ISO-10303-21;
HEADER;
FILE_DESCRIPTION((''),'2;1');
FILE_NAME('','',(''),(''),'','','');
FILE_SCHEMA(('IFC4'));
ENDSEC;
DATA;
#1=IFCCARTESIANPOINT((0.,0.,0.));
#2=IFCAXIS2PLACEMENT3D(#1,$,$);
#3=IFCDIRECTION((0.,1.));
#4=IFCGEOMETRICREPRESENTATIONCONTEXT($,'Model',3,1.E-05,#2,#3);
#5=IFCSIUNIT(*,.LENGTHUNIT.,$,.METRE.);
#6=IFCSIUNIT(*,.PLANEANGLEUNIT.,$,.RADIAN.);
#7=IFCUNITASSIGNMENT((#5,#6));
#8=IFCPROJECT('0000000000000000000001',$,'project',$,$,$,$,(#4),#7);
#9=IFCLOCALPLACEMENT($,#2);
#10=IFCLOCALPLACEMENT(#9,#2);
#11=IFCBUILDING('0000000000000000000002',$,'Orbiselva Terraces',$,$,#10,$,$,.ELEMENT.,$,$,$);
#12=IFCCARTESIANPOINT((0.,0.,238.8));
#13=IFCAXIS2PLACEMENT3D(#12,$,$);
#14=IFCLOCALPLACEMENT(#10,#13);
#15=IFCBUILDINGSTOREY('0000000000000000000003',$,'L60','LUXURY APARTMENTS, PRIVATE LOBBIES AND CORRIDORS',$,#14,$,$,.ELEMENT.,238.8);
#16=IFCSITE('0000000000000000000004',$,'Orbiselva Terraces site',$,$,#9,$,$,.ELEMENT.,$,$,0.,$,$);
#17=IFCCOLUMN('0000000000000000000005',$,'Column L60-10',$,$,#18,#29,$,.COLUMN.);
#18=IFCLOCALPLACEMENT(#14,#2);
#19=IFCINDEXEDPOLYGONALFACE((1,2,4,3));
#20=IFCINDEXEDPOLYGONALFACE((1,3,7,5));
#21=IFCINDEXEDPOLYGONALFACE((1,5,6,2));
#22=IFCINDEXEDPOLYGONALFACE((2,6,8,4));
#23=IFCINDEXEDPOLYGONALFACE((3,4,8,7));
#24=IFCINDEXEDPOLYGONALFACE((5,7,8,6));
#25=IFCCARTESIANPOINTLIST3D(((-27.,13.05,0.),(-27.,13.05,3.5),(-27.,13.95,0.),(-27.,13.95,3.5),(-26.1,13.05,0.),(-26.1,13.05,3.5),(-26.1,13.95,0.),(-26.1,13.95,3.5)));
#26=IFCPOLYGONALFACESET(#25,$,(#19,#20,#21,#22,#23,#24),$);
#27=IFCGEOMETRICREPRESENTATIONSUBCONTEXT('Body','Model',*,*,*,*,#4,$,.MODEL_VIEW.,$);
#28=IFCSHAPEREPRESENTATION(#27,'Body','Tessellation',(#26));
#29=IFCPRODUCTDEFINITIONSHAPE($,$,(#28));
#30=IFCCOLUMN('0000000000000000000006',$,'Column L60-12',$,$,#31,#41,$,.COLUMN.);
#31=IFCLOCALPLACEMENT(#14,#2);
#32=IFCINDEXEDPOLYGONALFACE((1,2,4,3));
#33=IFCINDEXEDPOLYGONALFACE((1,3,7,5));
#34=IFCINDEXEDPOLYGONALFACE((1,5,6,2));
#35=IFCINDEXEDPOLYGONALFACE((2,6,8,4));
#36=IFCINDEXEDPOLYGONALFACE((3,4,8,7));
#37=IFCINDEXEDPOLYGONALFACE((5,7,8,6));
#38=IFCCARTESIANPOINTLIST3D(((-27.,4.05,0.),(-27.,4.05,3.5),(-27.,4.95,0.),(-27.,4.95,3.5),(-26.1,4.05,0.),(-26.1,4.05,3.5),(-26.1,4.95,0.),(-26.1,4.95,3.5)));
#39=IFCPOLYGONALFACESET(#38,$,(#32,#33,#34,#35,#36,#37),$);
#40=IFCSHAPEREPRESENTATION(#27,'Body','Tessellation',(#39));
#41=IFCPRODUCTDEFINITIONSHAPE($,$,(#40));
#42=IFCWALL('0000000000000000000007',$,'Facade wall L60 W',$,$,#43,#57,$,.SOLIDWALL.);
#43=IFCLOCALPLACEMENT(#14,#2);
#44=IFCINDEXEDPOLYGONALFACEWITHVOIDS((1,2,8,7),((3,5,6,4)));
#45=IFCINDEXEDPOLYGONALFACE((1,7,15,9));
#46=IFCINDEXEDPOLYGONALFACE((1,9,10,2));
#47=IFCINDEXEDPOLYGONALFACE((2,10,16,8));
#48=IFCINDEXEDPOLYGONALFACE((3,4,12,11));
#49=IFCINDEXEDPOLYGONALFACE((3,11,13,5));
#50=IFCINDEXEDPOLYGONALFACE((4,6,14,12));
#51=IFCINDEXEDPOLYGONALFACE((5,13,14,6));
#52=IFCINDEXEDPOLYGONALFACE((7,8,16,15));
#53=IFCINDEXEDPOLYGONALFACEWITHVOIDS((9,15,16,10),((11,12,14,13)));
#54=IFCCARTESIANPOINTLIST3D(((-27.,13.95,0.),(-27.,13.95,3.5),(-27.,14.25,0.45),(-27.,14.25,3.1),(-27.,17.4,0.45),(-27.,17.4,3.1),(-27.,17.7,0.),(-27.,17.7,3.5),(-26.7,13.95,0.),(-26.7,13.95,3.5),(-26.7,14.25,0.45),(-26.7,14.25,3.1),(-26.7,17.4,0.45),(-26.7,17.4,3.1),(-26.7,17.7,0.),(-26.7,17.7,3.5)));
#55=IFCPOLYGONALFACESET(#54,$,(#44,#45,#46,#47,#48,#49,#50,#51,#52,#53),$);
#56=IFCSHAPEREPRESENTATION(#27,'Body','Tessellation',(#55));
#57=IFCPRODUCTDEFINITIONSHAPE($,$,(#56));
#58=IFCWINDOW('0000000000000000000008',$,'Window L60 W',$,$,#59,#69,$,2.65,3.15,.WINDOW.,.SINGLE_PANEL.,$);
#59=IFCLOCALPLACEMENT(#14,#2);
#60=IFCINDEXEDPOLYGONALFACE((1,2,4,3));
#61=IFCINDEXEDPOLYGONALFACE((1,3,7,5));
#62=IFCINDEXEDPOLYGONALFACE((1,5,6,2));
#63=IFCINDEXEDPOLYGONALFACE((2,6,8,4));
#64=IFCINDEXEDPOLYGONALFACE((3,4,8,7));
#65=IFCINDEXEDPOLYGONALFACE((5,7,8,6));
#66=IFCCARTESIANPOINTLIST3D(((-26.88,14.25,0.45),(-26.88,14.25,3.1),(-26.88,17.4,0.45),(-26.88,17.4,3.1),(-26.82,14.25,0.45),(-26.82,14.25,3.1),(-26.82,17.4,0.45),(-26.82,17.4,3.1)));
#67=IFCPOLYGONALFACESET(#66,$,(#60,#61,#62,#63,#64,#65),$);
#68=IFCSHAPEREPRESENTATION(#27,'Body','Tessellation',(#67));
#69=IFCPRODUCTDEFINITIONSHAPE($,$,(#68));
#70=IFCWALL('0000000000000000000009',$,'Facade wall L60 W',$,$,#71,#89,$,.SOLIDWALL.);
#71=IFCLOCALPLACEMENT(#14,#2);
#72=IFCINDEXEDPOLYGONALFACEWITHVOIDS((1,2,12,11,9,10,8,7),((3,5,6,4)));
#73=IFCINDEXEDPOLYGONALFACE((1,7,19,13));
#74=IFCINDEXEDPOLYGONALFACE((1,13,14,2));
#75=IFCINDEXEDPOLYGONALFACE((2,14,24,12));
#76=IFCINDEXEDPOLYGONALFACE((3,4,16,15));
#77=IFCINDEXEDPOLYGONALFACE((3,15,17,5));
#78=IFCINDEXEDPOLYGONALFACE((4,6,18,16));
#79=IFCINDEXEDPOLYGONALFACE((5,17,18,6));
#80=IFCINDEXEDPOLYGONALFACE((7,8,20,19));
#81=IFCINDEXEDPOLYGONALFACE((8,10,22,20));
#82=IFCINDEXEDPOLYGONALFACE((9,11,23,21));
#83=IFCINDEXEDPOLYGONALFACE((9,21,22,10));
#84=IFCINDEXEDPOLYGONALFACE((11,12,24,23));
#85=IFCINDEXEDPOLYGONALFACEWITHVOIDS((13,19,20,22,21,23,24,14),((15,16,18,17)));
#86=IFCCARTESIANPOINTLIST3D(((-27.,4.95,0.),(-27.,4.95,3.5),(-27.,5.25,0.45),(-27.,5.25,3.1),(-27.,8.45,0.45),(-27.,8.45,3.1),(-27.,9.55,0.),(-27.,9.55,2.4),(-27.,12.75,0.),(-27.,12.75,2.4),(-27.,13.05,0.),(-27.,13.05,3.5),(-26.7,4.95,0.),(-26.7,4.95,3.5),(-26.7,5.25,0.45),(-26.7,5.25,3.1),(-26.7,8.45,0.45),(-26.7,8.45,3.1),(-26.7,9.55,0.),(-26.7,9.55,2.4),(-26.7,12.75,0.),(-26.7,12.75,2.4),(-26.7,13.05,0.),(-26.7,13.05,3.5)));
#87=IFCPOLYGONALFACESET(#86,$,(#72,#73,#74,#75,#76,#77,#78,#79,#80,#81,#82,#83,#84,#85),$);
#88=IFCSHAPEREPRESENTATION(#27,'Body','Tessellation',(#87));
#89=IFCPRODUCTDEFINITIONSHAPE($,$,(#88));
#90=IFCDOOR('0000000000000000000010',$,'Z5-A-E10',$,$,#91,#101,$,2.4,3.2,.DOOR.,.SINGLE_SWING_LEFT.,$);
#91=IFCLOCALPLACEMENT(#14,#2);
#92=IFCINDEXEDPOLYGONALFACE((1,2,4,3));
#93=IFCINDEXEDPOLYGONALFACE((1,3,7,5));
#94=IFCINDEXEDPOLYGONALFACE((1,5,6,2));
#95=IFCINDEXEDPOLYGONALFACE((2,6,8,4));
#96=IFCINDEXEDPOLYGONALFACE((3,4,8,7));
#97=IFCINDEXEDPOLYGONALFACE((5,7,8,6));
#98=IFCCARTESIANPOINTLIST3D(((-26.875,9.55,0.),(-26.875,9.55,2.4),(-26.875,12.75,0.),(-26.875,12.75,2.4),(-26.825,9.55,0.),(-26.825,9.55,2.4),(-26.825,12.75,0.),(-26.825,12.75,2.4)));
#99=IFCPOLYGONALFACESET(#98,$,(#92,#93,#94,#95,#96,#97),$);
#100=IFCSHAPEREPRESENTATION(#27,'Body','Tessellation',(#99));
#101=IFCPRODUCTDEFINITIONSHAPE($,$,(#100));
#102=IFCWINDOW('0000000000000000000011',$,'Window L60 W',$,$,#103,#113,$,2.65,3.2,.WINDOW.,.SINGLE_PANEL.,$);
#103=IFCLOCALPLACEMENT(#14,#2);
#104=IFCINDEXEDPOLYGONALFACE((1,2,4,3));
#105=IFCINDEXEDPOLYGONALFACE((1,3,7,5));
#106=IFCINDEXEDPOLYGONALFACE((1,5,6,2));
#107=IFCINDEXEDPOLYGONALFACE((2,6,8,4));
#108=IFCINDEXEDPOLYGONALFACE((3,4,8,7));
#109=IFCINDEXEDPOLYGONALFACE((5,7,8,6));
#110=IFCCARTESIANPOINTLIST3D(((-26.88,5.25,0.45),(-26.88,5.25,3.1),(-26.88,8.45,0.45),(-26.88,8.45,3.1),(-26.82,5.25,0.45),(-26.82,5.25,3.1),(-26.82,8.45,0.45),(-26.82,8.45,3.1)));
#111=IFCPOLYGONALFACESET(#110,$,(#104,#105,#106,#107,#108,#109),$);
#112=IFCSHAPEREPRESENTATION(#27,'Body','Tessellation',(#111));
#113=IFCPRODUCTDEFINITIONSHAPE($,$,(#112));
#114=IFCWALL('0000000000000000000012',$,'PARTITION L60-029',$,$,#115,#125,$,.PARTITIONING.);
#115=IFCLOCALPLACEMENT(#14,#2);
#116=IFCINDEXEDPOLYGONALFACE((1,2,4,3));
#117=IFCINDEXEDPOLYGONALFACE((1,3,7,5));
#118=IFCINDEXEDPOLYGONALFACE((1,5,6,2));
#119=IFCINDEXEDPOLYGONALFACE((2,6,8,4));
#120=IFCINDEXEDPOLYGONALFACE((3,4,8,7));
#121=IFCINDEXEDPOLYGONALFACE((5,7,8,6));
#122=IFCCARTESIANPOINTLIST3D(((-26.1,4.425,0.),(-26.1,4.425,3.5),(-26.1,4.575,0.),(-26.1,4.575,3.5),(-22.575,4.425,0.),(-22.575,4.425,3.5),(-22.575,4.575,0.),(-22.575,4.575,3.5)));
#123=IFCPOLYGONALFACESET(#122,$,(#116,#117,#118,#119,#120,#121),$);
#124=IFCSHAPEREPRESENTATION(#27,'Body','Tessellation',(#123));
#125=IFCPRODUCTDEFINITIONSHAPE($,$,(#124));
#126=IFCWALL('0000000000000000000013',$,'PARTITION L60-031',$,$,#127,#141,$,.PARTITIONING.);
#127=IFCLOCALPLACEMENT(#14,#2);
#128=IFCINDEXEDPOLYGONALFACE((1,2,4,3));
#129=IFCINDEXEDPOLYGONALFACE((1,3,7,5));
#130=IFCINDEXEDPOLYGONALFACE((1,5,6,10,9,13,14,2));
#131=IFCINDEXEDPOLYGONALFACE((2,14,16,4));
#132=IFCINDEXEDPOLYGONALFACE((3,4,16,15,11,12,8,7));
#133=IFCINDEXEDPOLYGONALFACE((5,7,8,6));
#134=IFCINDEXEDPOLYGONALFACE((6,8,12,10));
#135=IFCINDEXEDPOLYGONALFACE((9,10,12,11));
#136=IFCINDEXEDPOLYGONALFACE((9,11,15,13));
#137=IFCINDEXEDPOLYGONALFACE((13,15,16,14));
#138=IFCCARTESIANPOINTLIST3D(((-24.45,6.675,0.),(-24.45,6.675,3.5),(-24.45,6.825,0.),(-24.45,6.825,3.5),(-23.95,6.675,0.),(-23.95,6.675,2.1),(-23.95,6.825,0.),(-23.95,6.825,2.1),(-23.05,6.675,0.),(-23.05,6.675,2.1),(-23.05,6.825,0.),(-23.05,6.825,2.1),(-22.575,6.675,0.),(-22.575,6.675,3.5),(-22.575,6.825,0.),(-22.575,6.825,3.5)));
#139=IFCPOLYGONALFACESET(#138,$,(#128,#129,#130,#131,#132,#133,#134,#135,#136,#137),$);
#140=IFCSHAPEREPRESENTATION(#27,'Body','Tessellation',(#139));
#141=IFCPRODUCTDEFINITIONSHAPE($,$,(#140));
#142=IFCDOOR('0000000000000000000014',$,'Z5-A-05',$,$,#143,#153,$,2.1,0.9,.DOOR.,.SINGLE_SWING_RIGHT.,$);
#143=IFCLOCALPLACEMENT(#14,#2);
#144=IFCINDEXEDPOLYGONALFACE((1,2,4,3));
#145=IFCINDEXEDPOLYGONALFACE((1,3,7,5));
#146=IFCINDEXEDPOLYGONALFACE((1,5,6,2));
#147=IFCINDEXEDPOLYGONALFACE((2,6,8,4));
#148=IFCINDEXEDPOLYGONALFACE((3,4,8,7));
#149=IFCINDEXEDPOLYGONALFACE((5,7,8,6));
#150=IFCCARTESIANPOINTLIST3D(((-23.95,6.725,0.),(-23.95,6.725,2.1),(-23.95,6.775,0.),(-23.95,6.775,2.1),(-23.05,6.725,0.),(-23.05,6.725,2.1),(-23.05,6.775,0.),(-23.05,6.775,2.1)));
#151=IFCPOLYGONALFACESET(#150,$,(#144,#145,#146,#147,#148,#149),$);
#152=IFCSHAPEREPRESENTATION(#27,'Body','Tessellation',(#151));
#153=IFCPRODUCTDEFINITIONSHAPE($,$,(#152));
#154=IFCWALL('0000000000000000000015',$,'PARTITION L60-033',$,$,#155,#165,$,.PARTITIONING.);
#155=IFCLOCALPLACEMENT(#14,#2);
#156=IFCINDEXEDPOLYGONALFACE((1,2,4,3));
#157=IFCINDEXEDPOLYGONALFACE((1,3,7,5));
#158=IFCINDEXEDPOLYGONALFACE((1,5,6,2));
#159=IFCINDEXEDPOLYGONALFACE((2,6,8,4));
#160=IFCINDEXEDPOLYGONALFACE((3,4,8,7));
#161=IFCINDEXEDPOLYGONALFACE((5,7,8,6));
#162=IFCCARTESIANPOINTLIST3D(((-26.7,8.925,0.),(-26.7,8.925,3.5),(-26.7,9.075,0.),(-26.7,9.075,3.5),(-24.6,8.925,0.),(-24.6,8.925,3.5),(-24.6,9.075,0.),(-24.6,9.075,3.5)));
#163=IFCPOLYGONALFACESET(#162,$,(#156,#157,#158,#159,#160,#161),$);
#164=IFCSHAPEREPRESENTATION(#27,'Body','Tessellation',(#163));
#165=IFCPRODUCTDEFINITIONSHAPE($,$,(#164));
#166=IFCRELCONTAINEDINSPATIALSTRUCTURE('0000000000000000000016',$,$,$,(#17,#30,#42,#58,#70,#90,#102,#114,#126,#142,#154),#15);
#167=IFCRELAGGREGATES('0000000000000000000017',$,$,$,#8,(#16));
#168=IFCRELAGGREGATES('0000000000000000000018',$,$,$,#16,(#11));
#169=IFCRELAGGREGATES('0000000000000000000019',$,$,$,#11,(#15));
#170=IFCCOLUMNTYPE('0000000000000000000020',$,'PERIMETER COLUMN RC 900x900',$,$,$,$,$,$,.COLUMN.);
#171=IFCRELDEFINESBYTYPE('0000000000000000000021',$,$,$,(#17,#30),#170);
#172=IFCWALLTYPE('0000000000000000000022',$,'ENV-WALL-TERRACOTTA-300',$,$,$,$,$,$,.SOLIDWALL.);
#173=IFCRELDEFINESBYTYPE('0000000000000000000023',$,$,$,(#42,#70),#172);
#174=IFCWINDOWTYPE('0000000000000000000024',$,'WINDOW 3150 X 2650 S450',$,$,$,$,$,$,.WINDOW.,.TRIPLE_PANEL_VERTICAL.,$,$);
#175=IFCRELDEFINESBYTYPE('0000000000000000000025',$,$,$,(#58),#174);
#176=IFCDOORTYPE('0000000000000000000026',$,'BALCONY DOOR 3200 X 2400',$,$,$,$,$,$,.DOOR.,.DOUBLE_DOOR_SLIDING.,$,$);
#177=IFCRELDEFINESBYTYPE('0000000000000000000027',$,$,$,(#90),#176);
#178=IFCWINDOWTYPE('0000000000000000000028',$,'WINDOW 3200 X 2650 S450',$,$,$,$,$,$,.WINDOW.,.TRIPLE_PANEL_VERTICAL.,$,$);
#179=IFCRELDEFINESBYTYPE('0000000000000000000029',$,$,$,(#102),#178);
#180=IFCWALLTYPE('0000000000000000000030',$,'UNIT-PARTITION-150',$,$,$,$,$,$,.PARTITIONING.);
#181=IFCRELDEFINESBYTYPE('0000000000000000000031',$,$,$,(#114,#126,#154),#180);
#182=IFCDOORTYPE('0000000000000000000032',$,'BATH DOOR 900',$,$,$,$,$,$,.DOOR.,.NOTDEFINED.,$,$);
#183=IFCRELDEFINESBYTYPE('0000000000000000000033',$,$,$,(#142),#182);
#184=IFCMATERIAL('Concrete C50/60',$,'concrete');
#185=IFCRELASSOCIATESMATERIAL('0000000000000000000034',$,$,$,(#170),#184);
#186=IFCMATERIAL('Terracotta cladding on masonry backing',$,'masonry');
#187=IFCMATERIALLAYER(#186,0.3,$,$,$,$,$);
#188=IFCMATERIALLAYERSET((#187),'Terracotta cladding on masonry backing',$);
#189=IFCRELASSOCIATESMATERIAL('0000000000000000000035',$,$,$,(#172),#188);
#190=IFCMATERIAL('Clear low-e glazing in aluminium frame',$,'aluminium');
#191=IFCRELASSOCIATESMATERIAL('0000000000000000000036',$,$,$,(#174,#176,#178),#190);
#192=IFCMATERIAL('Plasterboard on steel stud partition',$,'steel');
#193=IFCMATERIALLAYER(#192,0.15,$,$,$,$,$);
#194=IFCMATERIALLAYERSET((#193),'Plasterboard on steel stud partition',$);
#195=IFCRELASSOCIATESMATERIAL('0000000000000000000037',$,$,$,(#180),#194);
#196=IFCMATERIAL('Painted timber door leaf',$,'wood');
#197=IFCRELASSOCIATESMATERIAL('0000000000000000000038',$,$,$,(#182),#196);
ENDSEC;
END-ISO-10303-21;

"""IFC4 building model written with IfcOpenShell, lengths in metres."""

from ifc_helpers import new_model, si_unit, direction, frame, frame_2d, origin, origin_2d, place, context, subcontext, project, spatial, rectangle, extrude, material, layer, layer_set, material_profile, profile_set, type_object, element, fill, save


model = new_model("IFC4")

# Units and contexts
model_context = context("Model", 3, precision=1e-05, world=origin(), true_north=direction((0.0, 1.0)))
body_context = subcontext(model_context, "Body", "Model", "MODEL_VIEW")
ifc_project = project(units=[si_unit("LENGTHUNIT", "METRE"), si_unit("PLANEANGLEUNIT", "RADIAN")], contexts=[model_context])

# Site, building, storey
site_placement = place(None, origin())
site = spatial("IfcSite", under=ifc_project, at=site_placement, Name="Orbiselva Terraces site", CompositionType="ELEMENT", RefElevation=0.0)
building_placement = place(site_placement, origin())
building = spatial("IfcBuilding", under=site, at=building_placement, Name="Orbiselva Terraces", CompositionType="ELEMENT")
storey_placement = place(building_placement, frame((0.0, 0.0, 238.8)))
storey = spatial("IfcBuildingStorey", under=building, at=storey_placement, Name="L60", Description="LUXURY APARTMENTS, PRIVATE LOBBIES AND CORRIDORS", CompositionType="ELEMENT", Elevation=238.8)

# Columns
ifc_material_1 = material(Name="Concrete C50/60", Category="concrete")
ifc_material_profile = material_profile(ifc_material_1, rectangle(XDim=0.9, YDim=0.9, at=origin_2d()), Name="RC 900x900")
ifc_profile_set = profile_set([ifc_material_profile], Name="Concrete C50/60")
column_type = type_object("IfcColumnType", Name="PERIMETER COLUMN RC 900x900", PredefinedType="COLUMN", material=ifc_profile_set)
for number, where, z_axis, x_axis, name in (
    (1, (-26.55, 13.5, 0.0), (0.0, 0.0, 1.0), (1.0, 0.0, 0.0), "Column L60-10"),
    (2, (-26.55, 4.5, 0.0), (0.0, 0.0, 1.0), (1.0, 0.0, 0.0), "Column L60-12"),
):
    element("IfcColumn", number, at=place(storey_placement, frame(where, z_axis=z_axis, x_axis=x_axis)), inside=storey, type_object=column_type, Name=name, PredefinedType="COLUMN", context=body_context, shape_type="SweptSolid", body=[
        extrude(rectangle(XDim=0.9, YDim=0.9, at=origin_2d()), origin(), (0.0, 0.0, 1.0), 3.5),
    ])

# Wall, opening, window
ifc_material_2 = material(Name="Terracotta cladding on masonry backing", Category="masonry")
ifc_layer_1 = layer(ifc_material_2, 0.3)
ifc_layer_set_1 = layer_set([ifc_layer_1], Name="Terracotta cladding on masonry backing")
wall_type_1 = type_object("IfcWallType", Name="ENV-WALL-TERRACOTTA-300", PredefinedType="SOLIDWALL", material=ifc_layer_set_1)
wall_1_placement = place(storey_placement, frame((-26.85, 13.95, 0.0), z_axis=(0.0, 0.0, 1.0), x_axis=(0.0, 1.0, 0.0)))
wall_1 = element("IfcWall", 3, at=wall_1_placement, inside=storey, type_object=wall_type_1, Name="Facade wall L60 W", PredefinedType="SOLIDWALL", context=body_context, shape_type="SweptSolid", body=[
    extrude(rectangle(XDim=3.75, YDim=0.3, at=frame_2d((1.875, 0.0))), origin(), (0.0, 0.0, 1.0), 3.5),
])
opening_1_placement = place(wall_1_placement, frame((0.3, 0.0, 0.45)))
opening_1 = element("IfcOpeningElement", 4, at=opening_1_placement, cuts=wall_1, PredefinedType="OPENING", context=body_context, shape_type="SweptSolid", body=[
    extrude(rectangle(XDim=3.15, YDim=2.65, at=frame_2d((1.575, 1.325))), frame((0.0, 0.16, 0.0), z_axis=(0.0, -1.0, 0.0), x_axis=(1.0, 0.0, 0.0)), (0.0, 0.0, 1.0), 0.32),
])
ifc_material_3 = material(Name="Clear low-e glazing in aluminium frame", Category="aluminium")
window_type_1 = type_object("IfcWindowType", Name="WINDOW 3150 X 2650 S450", PartitioningType="TRIPLE_PANEL_VERTICAL", PredefinedType="WINDOW", material=ifc_material_3)
window_1_placement = place(opening_1_placement, origin())
window_1 = element("IfcWindow", 5, at=window_1_placement, inside=storey, type_object=window_type_1, Name="Window L60 W", OverallHeight=2.65, OverallWidth=3.15, PartitioningType="SINGLE_PANEL", PredefinedType="WINDOW", context=body_context, shape_type="SweptSolid", body=[
    extrude(rectangle(XDim=3.15, YDim=2.65, at=frame_2d((1.575, 1.325))), frame((0.0, 0.03, 0.0), z_axis=(0.0, -1.0, 0.0), x_axis=(1.0, 0.0, 0.0)), (0.0, 0.0, 1.0), 0.06),
])
fill(opening_1, window_1)

# Wall, openings, door, window
wall_2_placement = place(storey_placement, frame((-26.85, 4.95, 0.0), z_axis=(0.0, 0.0, 1.0), x_axis=(0.0, 1.0, 0.0)))
wall_2 = element("IfcWall", 6, at=wall_2_placement, inside=storey, type_object=wall_type_1, Name="Facade wall L60 W", PredefinedType="SOLIDWALL", context=body_context, shape_type="SweptSolid", body=[
    extrude(rectangle(XDim=8.1, YDim=0.3, at=frame_2d((4.05, 0.0))), origin(), (0.0, 0.0, 1.0), 3.5),
])
opening_2_placement = place(wall_2_placement, frame((4.6, 0.0, 0.0)))
opening_2 = element("IfcOpeningElement", 7, at=opening_2_placement, cuts=wall_2, PredefinedType="OPENING", context=body_context, shape_type="SweptSolid", body=[
    extrude(rectangle(XDim=3.2, YDim=2.4, at=frame_2d((1.6, 1.2))), frame((0.0, 0.16, 0.0), z_axis=(0.0, -1.0, 0.0), x_axis=(1.0, 0.0, 0.0)), (0.0, 0.0, 1.0), 0.32),
])
opening_3_placement = place(wall_2_placement, frame((0.3, 0.0, 0.45)))
opening_3 = element("IfcOpeningElement", 8, at=opening_3_placement, cuts=wall_2, PredefinedType="OPENING", context=body_context, shape_type="SweptSolid", body=[
    extrude(rectangle(XDim=3.2, YDim=2.65, at=frame_2d((1.6, 1.325))), frame((0.0, 0.16, 0.0), z_axis=(0.0, -1.0, 0.0), x_axis=(1.0, 0.0, 0.0)), (0.0, 0.0, 1.0), 0.32),
])
door_type_1 = type_object("IfcDoorType", Name="BALCONY DOOR 3200 X 2400", OperationType="DOUBLE_DOOR_SLIDING", PredefinedType="DOOR", material=ifc_material_3)
door_1_placement = place(opening_2_placement, origin())
door_1 = element("IfcDoor", 9, at=door_1_placement, inside=storey, type_object=door_type_1, Name="Z5-A-E10", OperationType="SINGLE_SWING_LEFT", OverallHeight=2.4, OverallWidth=3.2, PredefinedType="DOOR", context=body_context, shape_type="SweptSolid", body=[
    extrude(rectangle(XDim=3.2, YDim=2.4, at=frame_2d((1.6, 1.2))), frame((0.0, 0.025, 0.0), z_axis=(0.0, -1.0, 0.0), x_axis=(1.0, 0.0, 0.0)), (0.0, 0.0, 1.0), 0.05),
])
fill(opening_2, door_1)
window_type_2 = type_object("IfcWindowType", Name="WINDOW 3200 X 2650 S450", PartitioningType="TRIPLE_PANEL_VERTICAL", PredefinedType="WINDOW", material=ifc_material_3)
window_2_placement = place(opening_3_placement, origin())
window_2 = element("IfcWindow", 10, at=window_2_placement, inside=storey, type_object=window_type_2, Name="Window L60 W", OverallHeight=2.65, OverallWidth=3.2, PartitioningType="SINGLE_PANEL", PredefinedType="WINDOW", context=body_context, shape_type="SweptSolid", body=[
    extrude(rectangle(XDim=3.2, YDim=2.65, at=frame_2d((1.6, 1.325))), frame((0.0, 0.03, 0.0), z_axis=(0.0, -1.0, 0.0), x_axis=(1.0, 0.0, 0.0)), (0.0, 0.0, 1.0), 0.06),
])
fill(opening_3, window_2)

# Wall
ifc_material_4 = material(Name="Plasterboard on steel stud partition", Category="steel")
ifc_layer_2 = layer(ifc_material_4, 0.15)
ifc_layer_set_2 = layer_set([ifc_layer_2], Name="Plasterboard on steel stud partition")
wall_type_2 = type_object("IfcWallType", Name="UNIT-PARTITION-150", PredefinedType="PARTITIONING", material=ifc_layer_set_2)
wall_3_placement = place(storey_placement, frame((-26.1, 4.5, 0.0), z_axis=(0.0, 0.0, 1.0), x_axis=(1.0, 0.0, 0.0)))
element("IfcWall", 11, at=wall_3_placement, inside=storey, type_object=wall_type_2, Name="PARTITION L60-029", PredefinedType="PARTITIONING", context=body_context, shape_type="SweptSolid", body=[
    extrude(rectangle(XDim=3.525, YDim=0.15, at=frame_2d((1.7625, 0.0))), origin(), (0.0, 0.0, 1.0), 3.5),
])

# Wall, opening, door
wall_4_placement = place(storey_placement, frame((-24.45, 6.75, 0.0), z_axis=(0.0, 0.0, 1.0), x_axis=(1.0, 0.0, 0.0)))
wall_4 = element("IfcWall", 12, at=wall_4_placement, inside=storey, type_object=wall_type_2, Name="PARTITION L60-031", PredefinedType="PARTITIONING", context=body_context, shape_type="SweptSolid", body=[
    extrude(rectangle(XDim=1.875, YDim=0.15, at=frame_2d((0.9375, 0.0))), origin(), (0.0, 0.0, 1.0), 3.5),
])
opening_4_placement = place(wall_4_placement, frame((0.5, 0.0, 0.0)))
opening_4 = element("IfcOpeningElement", 13, at=opening_4_placement, cuts=wall_4, PredefinedType="OPENING", context=body_context, shape_type="SweptSolid", body=[
    extrude(rectangle(XDim=0.9, YDim=2.1, at=frame_2d((0.45, 1.05))), frame((0.0, 0.085, 0.0), z_axis=(0.0, -1.0, 0.0), x_axis=(1.0, 0.0, 0.0)), (0.0, 0.0, 1.0), 0.17),
])
ifc_material_5 = material(Name="Painted timber door leaf", Category="wood")
door_type_2 = type_object("IfcDoorType", Name="BATH DOOR 900", OperationType="NOTDEFINED", PredefinedType="DOOR", material=ifc_material_5)
door_2_placement = place(opening_4_placement, origin())
door_2 = element("IfcDoor", 14, at=door_2_placement, inside=storey, type_object=door_type_2, Name="Z5-A-05", OperationType="SINGLE_SWING_RIGHT", OverallHeight=2.1, OverallWidth=0.9, PredefinedType="DOOR", context=body_context, shape_type="SweptSolid", body=[
    extrude(rectangle(XDim=0.9, YDim=2.1, at=frame_2d((0.45, 1.05))), frame((0.0, 0.025, 0.0), z_axis=(0.0, -1.0, 0.0), x_axis=(1.0, 0.0, 0.0)), (0.0, 0.0, 1.0), 0.05),
])
fill(opening_4, door_2)

# Wall
wall_5_placement = place(storey_placement, frame((-26.7, 9.0, 0.0), z_axis=(0.0, 0.0, 1.0), x_axis=(1.0, 0.0, 0.0)))
element("IfcWall", 15, at=wall_5_placement, inside=storey, type_object=wall_type_2, Name="PARTITION L60-033", PredefinedType="PARTITIONING", context=body_context, shape_type="SweptSolid", body=[
    extrude(rectangle(XDim=2.1, YDim=0.15, at=frame_2d((1.05, 0.0))), origin(), (0.0, 0.0, 1.0), 3.5),
])

save(model, "model.ifc")
